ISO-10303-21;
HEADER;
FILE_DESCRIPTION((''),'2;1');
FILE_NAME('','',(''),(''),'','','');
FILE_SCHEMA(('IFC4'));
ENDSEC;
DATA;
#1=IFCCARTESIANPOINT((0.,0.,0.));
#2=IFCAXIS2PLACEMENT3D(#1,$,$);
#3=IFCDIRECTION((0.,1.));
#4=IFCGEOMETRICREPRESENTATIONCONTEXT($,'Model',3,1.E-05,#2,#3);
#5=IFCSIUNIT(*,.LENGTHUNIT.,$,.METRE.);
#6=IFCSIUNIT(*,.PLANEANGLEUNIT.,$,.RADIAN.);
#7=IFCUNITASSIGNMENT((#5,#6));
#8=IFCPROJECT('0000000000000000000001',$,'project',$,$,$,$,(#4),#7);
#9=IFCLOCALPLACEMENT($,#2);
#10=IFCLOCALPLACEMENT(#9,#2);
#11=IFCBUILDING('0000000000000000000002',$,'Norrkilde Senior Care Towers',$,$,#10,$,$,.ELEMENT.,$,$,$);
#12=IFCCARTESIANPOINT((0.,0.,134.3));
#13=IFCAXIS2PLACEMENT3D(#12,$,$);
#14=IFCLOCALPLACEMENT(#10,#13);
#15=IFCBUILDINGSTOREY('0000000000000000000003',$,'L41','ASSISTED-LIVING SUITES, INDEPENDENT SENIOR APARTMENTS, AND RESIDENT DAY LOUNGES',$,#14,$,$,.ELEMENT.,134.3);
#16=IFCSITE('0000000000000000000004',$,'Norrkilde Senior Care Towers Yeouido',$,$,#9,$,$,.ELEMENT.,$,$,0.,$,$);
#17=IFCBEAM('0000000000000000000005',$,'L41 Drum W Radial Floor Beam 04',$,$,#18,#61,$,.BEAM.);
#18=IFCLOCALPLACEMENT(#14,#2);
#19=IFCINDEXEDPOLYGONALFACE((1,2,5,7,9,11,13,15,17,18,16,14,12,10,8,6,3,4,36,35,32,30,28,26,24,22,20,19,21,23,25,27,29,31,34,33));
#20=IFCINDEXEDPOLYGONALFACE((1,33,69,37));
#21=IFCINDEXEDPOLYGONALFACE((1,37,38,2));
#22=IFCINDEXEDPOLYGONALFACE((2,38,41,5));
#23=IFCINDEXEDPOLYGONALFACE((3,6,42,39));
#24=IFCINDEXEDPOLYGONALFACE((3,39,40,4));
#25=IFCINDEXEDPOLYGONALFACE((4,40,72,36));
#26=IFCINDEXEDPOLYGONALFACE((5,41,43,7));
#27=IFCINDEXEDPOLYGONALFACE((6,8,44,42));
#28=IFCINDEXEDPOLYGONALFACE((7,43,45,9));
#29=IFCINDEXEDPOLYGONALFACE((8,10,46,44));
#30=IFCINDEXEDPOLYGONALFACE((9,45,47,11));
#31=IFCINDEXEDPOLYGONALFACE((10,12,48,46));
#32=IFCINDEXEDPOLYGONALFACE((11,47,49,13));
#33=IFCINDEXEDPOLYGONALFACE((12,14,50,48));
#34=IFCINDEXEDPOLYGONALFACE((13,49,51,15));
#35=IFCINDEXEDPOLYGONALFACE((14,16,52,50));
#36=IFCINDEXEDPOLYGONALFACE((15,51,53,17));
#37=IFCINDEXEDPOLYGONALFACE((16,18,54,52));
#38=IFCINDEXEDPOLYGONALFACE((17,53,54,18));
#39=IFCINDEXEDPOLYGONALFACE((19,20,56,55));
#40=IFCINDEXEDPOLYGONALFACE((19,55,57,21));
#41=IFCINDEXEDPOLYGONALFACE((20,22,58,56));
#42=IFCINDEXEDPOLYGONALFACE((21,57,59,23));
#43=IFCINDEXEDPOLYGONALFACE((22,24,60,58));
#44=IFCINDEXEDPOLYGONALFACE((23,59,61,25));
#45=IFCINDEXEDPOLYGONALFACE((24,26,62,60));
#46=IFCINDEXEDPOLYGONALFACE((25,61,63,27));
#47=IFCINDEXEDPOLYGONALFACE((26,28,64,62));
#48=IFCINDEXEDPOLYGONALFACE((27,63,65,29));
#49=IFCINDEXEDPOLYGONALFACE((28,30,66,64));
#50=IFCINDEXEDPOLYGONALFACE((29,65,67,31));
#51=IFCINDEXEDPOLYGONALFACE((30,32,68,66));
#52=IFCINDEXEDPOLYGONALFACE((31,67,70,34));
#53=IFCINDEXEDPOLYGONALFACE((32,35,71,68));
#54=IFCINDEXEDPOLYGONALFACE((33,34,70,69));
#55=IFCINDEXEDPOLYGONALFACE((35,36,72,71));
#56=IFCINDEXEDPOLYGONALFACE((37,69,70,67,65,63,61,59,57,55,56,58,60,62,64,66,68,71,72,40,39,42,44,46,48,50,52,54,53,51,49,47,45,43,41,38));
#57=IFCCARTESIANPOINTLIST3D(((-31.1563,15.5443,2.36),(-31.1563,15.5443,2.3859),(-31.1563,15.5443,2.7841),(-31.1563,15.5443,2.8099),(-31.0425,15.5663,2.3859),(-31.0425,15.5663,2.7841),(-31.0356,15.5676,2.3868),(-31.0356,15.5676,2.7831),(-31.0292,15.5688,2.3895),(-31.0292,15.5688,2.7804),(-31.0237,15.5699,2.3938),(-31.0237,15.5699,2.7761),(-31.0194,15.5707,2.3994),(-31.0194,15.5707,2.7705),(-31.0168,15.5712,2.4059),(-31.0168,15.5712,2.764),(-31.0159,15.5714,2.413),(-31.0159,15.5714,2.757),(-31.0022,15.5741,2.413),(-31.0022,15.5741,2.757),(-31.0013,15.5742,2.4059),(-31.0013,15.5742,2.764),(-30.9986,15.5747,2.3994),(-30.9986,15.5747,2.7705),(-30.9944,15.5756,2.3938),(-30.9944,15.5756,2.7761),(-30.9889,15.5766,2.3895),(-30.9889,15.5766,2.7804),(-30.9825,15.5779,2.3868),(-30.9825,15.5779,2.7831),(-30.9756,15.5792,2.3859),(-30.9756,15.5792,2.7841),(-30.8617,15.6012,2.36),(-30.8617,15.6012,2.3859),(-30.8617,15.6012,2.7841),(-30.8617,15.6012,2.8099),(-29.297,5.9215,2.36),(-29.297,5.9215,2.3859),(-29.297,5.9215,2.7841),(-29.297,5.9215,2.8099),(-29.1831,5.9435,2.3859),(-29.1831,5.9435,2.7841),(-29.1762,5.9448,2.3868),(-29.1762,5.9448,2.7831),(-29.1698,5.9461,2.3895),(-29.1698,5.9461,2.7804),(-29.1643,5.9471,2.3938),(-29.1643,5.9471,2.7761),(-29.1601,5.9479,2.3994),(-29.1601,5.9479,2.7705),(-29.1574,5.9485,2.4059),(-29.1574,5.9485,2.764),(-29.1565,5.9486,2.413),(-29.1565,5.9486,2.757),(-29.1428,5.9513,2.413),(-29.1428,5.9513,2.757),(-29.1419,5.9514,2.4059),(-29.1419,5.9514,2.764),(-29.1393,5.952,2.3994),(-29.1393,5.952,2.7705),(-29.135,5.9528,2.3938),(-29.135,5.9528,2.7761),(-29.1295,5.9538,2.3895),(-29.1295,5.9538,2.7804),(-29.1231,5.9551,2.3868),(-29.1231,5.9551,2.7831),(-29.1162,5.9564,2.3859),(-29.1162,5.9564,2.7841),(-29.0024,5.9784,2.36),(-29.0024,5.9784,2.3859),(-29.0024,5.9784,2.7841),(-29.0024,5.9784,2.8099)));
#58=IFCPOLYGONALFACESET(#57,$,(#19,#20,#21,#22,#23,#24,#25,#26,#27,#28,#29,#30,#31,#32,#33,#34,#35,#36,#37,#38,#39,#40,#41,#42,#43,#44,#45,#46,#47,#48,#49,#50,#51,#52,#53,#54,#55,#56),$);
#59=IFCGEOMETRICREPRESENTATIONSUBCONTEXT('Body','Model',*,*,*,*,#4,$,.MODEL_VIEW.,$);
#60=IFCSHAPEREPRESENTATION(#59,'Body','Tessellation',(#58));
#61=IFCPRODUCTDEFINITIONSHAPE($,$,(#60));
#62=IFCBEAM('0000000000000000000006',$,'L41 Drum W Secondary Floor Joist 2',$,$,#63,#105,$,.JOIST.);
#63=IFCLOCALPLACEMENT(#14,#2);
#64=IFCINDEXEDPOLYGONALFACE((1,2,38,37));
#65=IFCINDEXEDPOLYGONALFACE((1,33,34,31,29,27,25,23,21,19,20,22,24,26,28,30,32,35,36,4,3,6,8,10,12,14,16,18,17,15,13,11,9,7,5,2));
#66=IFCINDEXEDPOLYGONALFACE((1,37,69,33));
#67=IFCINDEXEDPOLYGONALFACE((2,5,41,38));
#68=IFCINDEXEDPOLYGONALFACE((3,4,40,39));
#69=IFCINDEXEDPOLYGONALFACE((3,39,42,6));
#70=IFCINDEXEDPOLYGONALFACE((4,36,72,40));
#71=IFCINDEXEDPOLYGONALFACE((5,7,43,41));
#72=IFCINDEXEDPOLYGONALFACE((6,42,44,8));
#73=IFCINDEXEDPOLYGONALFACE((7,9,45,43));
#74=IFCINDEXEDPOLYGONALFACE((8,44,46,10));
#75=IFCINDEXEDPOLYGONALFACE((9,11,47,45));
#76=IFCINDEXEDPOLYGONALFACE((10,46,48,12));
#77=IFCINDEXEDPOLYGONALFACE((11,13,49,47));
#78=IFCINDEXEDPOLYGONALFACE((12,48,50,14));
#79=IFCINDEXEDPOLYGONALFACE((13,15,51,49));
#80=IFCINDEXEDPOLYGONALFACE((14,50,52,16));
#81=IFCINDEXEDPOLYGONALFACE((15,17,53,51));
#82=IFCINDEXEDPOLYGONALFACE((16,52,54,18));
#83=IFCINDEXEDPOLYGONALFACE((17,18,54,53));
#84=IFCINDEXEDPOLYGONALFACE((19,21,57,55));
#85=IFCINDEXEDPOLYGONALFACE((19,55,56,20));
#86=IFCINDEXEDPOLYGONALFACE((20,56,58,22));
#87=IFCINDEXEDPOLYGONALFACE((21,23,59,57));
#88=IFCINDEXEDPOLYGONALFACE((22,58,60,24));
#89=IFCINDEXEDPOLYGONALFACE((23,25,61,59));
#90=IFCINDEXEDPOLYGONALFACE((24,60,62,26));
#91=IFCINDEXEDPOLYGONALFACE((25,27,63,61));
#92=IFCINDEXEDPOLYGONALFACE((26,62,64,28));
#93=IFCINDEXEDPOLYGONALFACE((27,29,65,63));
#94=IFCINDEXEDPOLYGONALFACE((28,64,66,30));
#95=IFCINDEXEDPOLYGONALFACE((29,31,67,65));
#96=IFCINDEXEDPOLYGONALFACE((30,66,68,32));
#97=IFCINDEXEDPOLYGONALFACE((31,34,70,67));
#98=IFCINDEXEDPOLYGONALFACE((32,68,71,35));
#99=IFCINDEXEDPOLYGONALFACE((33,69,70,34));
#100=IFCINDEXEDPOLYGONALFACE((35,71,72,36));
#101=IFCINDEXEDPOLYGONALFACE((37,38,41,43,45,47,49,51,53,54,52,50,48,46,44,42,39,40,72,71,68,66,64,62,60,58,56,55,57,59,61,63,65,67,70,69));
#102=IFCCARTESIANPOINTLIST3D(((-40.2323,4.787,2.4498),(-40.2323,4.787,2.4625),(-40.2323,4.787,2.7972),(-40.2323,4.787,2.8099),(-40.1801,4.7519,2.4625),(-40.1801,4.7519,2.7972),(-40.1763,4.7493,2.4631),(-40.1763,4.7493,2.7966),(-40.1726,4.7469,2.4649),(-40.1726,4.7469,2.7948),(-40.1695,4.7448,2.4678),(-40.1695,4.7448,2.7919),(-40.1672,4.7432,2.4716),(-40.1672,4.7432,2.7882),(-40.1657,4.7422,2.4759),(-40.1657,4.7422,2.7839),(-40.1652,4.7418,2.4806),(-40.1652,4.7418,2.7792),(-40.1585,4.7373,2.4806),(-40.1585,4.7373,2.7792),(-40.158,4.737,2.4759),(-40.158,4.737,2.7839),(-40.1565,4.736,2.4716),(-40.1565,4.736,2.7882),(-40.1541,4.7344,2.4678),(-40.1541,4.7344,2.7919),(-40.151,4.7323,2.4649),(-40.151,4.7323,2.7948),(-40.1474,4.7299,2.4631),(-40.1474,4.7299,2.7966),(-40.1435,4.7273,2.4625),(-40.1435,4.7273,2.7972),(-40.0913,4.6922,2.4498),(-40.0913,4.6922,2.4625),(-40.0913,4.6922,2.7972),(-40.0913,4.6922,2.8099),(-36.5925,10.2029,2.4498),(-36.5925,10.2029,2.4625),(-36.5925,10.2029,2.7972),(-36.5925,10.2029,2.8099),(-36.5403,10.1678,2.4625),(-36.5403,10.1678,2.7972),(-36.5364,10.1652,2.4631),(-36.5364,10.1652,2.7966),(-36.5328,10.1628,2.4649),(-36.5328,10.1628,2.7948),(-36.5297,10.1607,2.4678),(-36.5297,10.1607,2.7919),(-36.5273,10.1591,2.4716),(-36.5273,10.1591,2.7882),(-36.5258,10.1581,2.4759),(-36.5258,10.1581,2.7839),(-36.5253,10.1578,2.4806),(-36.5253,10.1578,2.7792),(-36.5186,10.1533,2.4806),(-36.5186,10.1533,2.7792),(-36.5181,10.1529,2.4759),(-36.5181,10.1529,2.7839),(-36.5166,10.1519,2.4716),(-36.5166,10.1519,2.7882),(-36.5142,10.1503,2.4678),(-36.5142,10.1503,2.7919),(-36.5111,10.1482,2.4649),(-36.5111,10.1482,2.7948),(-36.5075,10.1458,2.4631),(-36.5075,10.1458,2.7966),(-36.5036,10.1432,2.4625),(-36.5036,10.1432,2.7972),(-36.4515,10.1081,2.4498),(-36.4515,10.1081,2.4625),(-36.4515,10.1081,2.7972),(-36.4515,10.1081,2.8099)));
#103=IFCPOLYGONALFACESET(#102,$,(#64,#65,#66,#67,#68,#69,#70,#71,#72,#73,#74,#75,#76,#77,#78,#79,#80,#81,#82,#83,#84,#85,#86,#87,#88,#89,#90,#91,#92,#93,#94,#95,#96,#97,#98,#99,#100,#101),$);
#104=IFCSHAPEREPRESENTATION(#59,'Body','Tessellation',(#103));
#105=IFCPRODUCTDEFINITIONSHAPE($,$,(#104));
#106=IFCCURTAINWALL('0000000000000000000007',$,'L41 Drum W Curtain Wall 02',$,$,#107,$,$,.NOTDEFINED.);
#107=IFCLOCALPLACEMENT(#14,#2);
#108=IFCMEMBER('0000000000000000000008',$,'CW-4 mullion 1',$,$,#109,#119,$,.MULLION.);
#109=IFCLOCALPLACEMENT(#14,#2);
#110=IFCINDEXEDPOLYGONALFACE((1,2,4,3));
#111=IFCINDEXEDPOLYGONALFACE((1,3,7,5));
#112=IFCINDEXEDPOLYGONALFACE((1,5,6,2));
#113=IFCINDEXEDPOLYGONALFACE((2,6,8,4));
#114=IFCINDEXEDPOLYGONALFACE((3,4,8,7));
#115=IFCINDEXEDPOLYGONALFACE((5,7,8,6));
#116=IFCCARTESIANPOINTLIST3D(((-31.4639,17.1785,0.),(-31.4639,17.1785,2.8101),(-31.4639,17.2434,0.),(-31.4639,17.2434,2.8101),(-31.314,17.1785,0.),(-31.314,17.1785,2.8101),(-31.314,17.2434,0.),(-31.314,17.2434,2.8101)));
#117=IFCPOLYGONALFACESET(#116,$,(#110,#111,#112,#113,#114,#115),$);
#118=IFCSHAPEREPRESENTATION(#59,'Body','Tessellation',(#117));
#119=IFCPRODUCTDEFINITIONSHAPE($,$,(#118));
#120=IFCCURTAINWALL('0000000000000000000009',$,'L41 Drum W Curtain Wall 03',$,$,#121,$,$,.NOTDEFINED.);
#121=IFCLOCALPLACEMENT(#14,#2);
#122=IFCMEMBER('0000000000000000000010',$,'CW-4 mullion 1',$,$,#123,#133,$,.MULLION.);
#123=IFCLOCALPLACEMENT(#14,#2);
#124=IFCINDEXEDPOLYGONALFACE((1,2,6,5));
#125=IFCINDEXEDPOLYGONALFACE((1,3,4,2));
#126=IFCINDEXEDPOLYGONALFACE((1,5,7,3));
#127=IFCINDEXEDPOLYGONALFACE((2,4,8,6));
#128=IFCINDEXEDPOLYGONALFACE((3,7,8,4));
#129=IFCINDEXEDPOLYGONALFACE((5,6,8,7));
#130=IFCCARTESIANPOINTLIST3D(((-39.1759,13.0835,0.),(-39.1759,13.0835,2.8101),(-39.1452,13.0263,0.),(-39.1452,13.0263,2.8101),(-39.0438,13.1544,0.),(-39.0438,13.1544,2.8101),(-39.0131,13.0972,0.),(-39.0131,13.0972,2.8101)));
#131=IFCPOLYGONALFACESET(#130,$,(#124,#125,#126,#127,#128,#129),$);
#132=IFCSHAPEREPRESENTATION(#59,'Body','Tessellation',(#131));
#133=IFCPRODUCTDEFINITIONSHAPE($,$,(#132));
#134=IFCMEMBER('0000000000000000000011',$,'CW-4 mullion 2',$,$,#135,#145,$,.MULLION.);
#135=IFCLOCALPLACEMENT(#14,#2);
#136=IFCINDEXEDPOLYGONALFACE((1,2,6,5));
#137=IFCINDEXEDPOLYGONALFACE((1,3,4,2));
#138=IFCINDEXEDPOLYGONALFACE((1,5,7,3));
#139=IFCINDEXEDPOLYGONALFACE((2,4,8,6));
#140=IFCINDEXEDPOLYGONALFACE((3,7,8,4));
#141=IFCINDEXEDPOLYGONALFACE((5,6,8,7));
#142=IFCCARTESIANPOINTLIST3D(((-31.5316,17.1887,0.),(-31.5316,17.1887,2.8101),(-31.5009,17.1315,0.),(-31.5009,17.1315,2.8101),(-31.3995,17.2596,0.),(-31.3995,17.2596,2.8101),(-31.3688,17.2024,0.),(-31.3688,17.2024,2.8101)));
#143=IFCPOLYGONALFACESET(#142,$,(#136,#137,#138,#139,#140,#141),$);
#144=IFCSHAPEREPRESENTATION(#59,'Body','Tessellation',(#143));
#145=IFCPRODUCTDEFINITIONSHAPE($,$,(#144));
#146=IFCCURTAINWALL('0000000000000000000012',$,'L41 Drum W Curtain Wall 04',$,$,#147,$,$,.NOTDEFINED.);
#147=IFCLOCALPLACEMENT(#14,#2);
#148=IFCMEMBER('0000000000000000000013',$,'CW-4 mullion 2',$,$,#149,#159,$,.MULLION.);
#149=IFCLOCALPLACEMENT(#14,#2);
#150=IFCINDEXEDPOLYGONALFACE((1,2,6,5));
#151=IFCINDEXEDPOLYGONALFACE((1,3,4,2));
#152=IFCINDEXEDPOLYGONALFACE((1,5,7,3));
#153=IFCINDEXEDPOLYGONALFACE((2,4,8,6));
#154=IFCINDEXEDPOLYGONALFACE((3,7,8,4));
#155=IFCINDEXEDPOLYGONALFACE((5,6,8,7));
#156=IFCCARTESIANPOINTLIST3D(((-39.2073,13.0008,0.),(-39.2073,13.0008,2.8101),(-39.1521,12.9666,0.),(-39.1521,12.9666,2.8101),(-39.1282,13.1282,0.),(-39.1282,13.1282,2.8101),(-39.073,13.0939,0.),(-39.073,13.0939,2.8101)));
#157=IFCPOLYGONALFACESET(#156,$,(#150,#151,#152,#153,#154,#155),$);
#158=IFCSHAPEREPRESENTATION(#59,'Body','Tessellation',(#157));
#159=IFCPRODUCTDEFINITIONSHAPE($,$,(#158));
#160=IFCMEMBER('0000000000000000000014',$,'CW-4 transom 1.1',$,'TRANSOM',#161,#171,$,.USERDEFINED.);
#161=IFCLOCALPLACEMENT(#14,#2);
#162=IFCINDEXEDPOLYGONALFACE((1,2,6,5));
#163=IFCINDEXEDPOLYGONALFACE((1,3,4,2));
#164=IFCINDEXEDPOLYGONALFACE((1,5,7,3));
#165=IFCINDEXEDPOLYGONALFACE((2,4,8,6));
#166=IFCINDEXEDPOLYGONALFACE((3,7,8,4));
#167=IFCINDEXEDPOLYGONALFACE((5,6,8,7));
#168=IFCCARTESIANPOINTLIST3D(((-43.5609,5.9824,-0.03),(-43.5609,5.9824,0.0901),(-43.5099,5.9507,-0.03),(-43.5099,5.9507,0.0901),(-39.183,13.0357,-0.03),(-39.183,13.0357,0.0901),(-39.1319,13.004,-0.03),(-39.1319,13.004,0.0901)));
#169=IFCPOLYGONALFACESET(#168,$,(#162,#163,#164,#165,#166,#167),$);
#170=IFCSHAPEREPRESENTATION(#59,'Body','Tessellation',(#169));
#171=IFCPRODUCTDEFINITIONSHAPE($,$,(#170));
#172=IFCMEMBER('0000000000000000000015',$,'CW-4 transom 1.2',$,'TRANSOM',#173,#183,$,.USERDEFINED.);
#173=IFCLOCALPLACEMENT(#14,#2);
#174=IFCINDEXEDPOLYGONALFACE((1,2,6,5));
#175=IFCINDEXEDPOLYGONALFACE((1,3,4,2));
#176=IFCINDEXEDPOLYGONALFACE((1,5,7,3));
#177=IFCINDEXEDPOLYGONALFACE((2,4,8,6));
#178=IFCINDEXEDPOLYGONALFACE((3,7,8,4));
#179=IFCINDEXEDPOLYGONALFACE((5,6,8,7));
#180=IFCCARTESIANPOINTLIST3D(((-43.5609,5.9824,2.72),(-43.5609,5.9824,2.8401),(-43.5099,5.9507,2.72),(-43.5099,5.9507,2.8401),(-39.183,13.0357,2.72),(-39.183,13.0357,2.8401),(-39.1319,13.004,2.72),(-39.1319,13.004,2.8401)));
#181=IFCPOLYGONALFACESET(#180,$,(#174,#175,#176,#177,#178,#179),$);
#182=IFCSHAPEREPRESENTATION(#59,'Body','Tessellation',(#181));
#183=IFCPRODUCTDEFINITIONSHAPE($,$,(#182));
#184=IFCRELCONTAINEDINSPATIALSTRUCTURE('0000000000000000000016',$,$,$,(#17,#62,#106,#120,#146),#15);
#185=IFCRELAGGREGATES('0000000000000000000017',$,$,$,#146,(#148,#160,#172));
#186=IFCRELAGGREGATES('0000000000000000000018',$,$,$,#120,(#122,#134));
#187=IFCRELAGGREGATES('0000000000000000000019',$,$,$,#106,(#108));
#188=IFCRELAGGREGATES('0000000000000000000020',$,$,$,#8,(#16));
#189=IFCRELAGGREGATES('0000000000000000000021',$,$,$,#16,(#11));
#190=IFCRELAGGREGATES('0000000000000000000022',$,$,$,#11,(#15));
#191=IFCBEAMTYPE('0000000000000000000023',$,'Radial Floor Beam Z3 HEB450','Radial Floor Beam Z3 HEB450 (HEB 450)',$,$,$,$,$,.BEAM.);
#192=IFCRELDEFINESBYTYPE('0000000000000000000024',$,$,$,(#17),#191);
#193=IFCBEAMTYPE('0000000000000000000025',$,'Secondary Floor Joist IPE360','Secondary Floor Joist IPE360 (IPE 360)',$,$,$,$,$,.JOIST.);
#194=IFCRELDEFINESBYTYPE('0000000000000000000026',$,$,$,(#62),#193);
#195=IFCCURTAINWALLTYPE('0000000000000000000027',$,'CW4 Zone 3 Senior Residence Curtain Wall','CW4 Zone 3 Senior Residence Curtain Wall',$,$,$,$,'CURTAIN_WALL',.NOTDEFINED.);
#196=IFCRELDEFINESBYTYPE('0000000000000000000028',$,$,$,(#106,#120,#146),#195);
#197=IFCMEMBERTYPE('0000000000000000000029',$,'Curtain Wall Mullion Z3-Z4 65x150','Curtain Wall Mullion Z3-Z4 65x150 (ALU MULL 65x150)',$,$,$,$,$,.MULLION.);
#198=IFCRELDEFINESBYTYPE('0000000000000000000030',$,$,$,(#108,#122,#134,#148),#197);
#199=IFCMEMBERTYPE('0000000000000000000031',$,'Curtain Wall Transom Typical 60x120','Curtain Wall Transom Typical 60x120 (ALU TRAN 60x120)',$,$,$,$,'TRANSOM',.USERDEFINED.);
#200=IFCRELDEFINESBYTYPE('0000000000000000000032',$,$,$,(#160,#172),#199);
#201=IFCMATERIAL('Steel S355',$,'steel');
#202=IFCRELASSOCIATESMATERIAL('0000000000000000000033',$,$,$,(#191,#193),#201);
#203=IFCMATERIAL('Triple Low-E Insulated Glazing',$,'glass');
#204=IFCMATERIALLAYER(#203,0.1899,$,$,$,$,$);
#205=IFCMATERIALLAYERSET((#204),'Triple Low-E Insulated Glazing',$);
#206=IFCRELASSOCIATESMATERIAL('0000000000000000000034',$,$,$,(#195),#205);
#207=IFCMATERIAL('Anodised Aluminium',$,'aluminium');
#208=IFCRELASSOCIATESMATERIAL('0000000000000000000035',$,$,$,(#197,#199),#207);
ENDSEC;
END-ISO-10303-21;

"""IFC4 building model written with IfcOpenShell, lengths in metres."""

from ifc_helpers import new_model, si_unit, direction, frame, origin, origin_2d, place, context, subcontext, project, spatial, rectangle, i_section, extrude, source, transform, mapped, material, layer, layer_set, material_profile, profile_set, type_object, type_shapes, element, aggregate, save


model = new_model("IFC4")

# Units and contexts
model_context = context("Model", 3, precision=1e-05, world=origin(), true_north=direction((0.0, 1.0)))
body_context = subcontext(model_context, "Body", "Model", "MODEL_VIEW")
ifc_project = project(units=[si_unit("LENGTHUNIT", "METRE"), si_unit("PLANEANGLEUNIT", "RADIAN")], contexts=[model_context])

# Site, building, storey
site_placement = place(None, origin())
site = spatial("IfcSite", under=ifc_project, at=site_placement, Name="Norrkilde Senior Care Towers Yeouido", CompositionType="ELEMENT", RefElevation=0.0)
building_placement = place(site_placement, origin())
building = spatial("IfcBuilding", under=site, at=building_placement, Name="Norrkilde Senior Care Towers", CompositionType="ELEMENT")
storey_placement = place(building_placement, frame((0.0, 0.0, 134.3)))
storey = spatial("IfcBuildingStorey", under=building, at=storey_placement, Name="L41", Description="ASSISTED-LIVING SUITES, INDEPENDENT SENIOR APARTMENTS, AND RESIDENT DAY LOUNGES", CompositionType="ELEMENT", Elevation=134.3)

# Beams
ifc_material_1 = material(Name="Steel S355", Category="steel")
ifc_material_profile_1 = material_profile(ifc_material_1, i_section(OverallWidth=0.3, OverallDepth=0.45, WebThickness=0.0139, FlangeThickness=0.0259, FilletRadius=0.0271, at=origin_2d()), Name="HEB 450")
ifc_profile_set_1 = profile_set([ifc_material_profile_1], Name="Steel S355")
beam_type_1 = type_object("IfcBeamType", Name="Radial Floor Beam Z3 HEB450", Description="Radial Floor Beam Z3 HEB450 (HEB 450)", PredefinedType="BEAM", material=ifc_profile_set_1)
shared_shape_1 = source(origin(), body_context, "Body", "SweptSolid", [
    extrude(i_section(OverallWidth=0.3, OverallDepth=0.45, WebThickness=0.0139, FlangeThickness=0.0259, FilletRadius=0.0271, at=origin_2d()), origin(), (0.0, 0.0, 1.0), 9.8008),
])
type_shapes(beam_type_1, [shared_shape_1])
beam_1_placement = place(storey_placement, frame((-29.1497, 5.95, 2.585), z_axis=(-0.189717, 0.981839, 0.0), x_axis=(-0.981839, -0.189717, 0.0)))
element("IfcBeam", 1, at=beam_1_placement, inside=storey, type_object=beam_type_1, Name="L41 Drum W Radial Floor Beam 04", PredefinedType="BEAM", context=body_context, shape_type="MappedRepresentation", body=[
    mapped(shared_shape_1, transform((0.0, 0.0, 0.0), x_axis=(1.0, 0.0, 0.0), y_axis=(0.0, 1.0, 0.0), z_axis=(0.0, 0.0, 1.0), scale=1.0)),
])
ifc_material_profile_2 = material_profile(ifc_material_1, i_section(OverallWidth=0.1699, OverallDepth=0.3601, WebThickness=0.0081, FlangeThickness=0.0127, FilletRadius=0.0181, at=origin_2d()), Name="IPE 360")
ifc_profile_set_2 = profile_set([ifc_material_profile_2], Name="Steel S355")
beam_type_2 = type_object("IfcBeamType", Name="Secondary Floor Joist IPE360", Description="Secondary Floor Joist IPE360 (IPE 360)", PredefinedType="JOIST", material=ifc_profile_set_2)
shared_shape_2 = source(origin(), body_context, "Body", "SweptSolid", [
    extrude(i_section(OverallWidth=0.1699, OverallDepth=0.3601, WebThickness=0.0081, FlangeThickness=0.0127, FilletRadius=0.0181, at=origin_2d()), origin(), (0.0, 0.0, 1.0), 6.5254),
])
type_shapes(beam_type_2, [shared_shape_2])
beam_2_placement = place(storey_placement, frame((-36.522, 10.1555, 2.6299), z_axis=(-0.557796, -0.829978, 0.0), x_axis=(0.829978, -0.557796, 0.0)))
element("IfcBeam", 2, at=beam_2_placement, inside=storey, type_object=beam_type_2, Name="L41 Drum W Secondary Floor Joist 2", PredefinedType="JOIST", context=body_context, shape_type="MappedRepresentation", body=[
    mapped(shared_shape_2, transform((0.0, 0.0, 0.0), x_axis=(1.0, 0.0, 0.0), y_axis=(0.0, 1.0, 0.0), z_axis=(0.0, 0.0, 1.0), scale=1.0)),
])

# Curtain wall, member
ifc_material_2 = material(Name="Triple Low-E Insulated Glazing", Category="glass")
ifc_layer_1 = layer(ifc_material_2, 0.1899)
ifc_layer_set_1 = layer_set([ifc_layer_1], Name="Triple Low-E Insulated Glazing")
curtain_wall_type = type_object("IfcCurtainWallType", Name="CW4 Zone 3 Senior Residence Curtain Wall", Description="CW4 Zone 3 Senior Residence Curtain Wall", ElementType="CURTAIN_WALL", PredefinedType="NOTDEFINED", material=ifc_layer_set_1)
curtain_wall_1_placement = place(storey_placement, origin())
curtain_wall_1 = element("IfcCurtainWall", 3, at=curtain_wall_1_placement, inside=storey, type_object=curtain_wall_type, Name="L41 Drum W Curtain Wall 02", PredefinedType="NOTDEFINED")
ifc_material_3 = material(Name="Anodised Aluminium", Category="aluminium")
ifc_material_profile_3 = material_profile(ifc_material_3, rectangle(XDim=0.0649, YDim=0.1499, at=origin_2d()), Name="ALU MULL 65x150")
ifc_profile_set_3 = profile_set([ifc_material_profile_3], Name="Anodised Aluminium")
member_type_1 = type_object("IfcMemberType", Name="Curtain Wall Mullion Z3-Z4 65x150", Description="Curtain Wall Mullion Z3-Z4 65x150 (ALU MULL 65x150)", PredefinedType="MULLION", material=ifc_profile_set_3)
shared_shape_3 = source(origin(), body_context, "Body", "SweptSolid", [
    extrude(rectangle(XDim=0.0649, YDim=0.1499, at=origin_2d()), origin(), (0.0, 0.0, 1.0), 2.8101),
])
type_shapes(member_type_1, [shared_shape_3])
member_1_placement = place(storey_placement, frame((-31.3889, 17.2109, 0.0), z_axis=(0.0, 0.0, 1.0), x_axis=(0.0, 1.0, 0.0)))
member_1 = element("IfcMember", 4, at=member_1_placement, type_object=member_type_1, Name="CW-4 mullion 1", PredefinedType="MULLION", context=body_context, shape_type="MappedRepresentation", body=[
    mapped(shared_shape_3, transform((0.0, 0.0, 0.0), x_axis=(1.0, 0.0, 0.0), y_axis=(0.0, 1.0, 0.0), z_axis=(0.0, 0.0, 1.0), scale=1.0)),
])

# Curtain walls, members
curtain_wall_2_placement = place(storey_placement, origin())
curtain_wall_2 = element("IfcCurtainWall", 5, at=curtain_wall_2_placement, inside=storey, type_object=curtain_wall_type, Name="L41 Drum W Curtain Wall 03", PredefinedType="NOTDEFINED")
member_2_placement = place(storey_placement, frame((-39.0945, 13.0903, 0.0), z_axis=(0.0, 0.0, 1.0), x_axis=(-0.473117, 0.881, 0.0)))
member_2 = element("IfcMember", 6, at=member_2_placement, type_object=member_type_1, Name="CW-4 mullion 1", PredefinedType="MULLION", context=body_context, shape_type="MappedRepresentation", body=[
    mapped(shared_shape_3, transform((0.0, 0.0, 0.0), x_axis=(1.0, 0.0, 0.0), y_axis=(0.0, 1.0, 0.0), z_axis=(0.0, 0.0, 1.0), scale=1.0)),
])
member_3_placement = place(storey_placement, frame((-31.4502, 17.1956, 0.0), z_axis=(0.0, 0.0, 1.0), x_axis=(-0.473117, 0.881, 0.0)))
member_3 = element("IfcMember", 7, at=member_3_placement, type_object=member_type_1, Name="CW-4 mullion 2", PredefinedType="MULLION", context=body_context, shape_type="MappedRepresentation", body=[
    mapped(shared_shape_3, transform((0.0, 0.0, 0.0), x_axis=(1.0, 0.0, 0.0), y_axis=(0.0, 1.0, 0.0), z_axis=(0.0, 0.0, 1.0), scale=1.0)),
])
curtain_wall_3_placement = place(storey_placement, origin())
curtain_wall_3 = element("IfcCurtainWall", 8, at=curtain_wall_3_placement, inside=storey, type_object=curtain_wall_type, Name="L41 Drum W Curtain Wall 04", PredefinedType="NOTDEFINED")
member_4_placement = place(storey_placement, frame((-39.1401, 13.0474, 0.0), z_axis=(0.0, 0.0, 1.0), x_axis=(-0.849634, 0.527373, 0.0)))
member_4 = element("IfcMember", 9, at=member_4_placement, type_object=member_type_1, Name="CW-4 mullion 2", PredefinedType="MULLION", context=body_context, shape_type="MappedRepresentation", body=[
    mapped(shared_shape_3, transform((0.0, 0.0, 0.0), x_axis=(1.0, 0.0, 0.0), y_axis=(0.0, 1.0, 0.0), z_axis=(0.0, 0.0, 1.0), scale=1.0)),
])
ifc_material_profile_4 = material_profile(ifc_material_3, rectangle(XDim=0.0601, YDim=0.1201, at=origin_2d()), Name="ALU TRAN 60x120")
ifc_profile_set_4 = profile_set([ifc_material_profile_4], Name="Anodised Aluminium")
member_type_2 = type_object("IfcMemberType", Name="Curtain Wall Transom Typical 60x120", Description="Curtain Wall Transom Typical 60x120 (ALU TRAN 60x120)", ElementType="TRANSOM", PredefinedType="USERDEFINED", material=ifc_profile_set_4)
shared_shape_4 = source(origin(), body_context, "Body", "SweptSolid", [
    extrude(rectangle(XDim=0.0601, YDim=0.1201, at=origin_2d()), origin(), (0.0, 0.0, 1.0), 8.3015),
])
member_5_placement = place(storey_placement, frame((-43.5354, 5.9666, 0.03), z_axis=(0.527369, 0.849637, 0.0), x_axis=(-0.849637, 0.527369, 0.0)))
member_5 = element("IfcMember", 10, at=member_5_placement, type_object=member_type_2, Name="CW-4 transom 1.1", ObjectType="TRANSOM", PredefinedType="USERDEFINED", context=body_context, shape_type="MappedRepresentation", body=[
    mapped(shared_shape_4, transform((0.0, 0.0, 0.0), x_axis=(1.0, 0.0, 0.0), y_axis=(0.0, 1.0, 0.0), z_axis=(0.0, 0.0, 1.0), scale=1.0)),
])
member_6_placement = place(storey_placement, frame((-43.5354, 5.9666, 2.78), z_axis=(0.527369, 0.849637, 0.0), x_axis=(-0.849637, 0.527369, 0.0)))
member_6 = element("IfcMember", 11, at=member_6_placement, type_object=member_type_2, Name="CW-4 transom 1.2", ObjectType="TRANSOM", PredefinedType="USERDEFINED", context=body_context, shape_type="MappedRepresentation", body=[
    mapped(shared_shape_4, transform((0.0, 0.0, 0.0), x_axis=(1.0, 0.0, 0.0), y_axis=(0.0, 1.0, 0.0), z_axis=(0.0, 0.0, 1.0), scale=1.0)),
])

aggregate(curtain_wall_3, [member_4, member_5, member_6])
aggregate(curtain_wall_2, [member_2, member_3])
aggregate(curtain_wall_1, [member_1])

save(model, "model.ifc")
